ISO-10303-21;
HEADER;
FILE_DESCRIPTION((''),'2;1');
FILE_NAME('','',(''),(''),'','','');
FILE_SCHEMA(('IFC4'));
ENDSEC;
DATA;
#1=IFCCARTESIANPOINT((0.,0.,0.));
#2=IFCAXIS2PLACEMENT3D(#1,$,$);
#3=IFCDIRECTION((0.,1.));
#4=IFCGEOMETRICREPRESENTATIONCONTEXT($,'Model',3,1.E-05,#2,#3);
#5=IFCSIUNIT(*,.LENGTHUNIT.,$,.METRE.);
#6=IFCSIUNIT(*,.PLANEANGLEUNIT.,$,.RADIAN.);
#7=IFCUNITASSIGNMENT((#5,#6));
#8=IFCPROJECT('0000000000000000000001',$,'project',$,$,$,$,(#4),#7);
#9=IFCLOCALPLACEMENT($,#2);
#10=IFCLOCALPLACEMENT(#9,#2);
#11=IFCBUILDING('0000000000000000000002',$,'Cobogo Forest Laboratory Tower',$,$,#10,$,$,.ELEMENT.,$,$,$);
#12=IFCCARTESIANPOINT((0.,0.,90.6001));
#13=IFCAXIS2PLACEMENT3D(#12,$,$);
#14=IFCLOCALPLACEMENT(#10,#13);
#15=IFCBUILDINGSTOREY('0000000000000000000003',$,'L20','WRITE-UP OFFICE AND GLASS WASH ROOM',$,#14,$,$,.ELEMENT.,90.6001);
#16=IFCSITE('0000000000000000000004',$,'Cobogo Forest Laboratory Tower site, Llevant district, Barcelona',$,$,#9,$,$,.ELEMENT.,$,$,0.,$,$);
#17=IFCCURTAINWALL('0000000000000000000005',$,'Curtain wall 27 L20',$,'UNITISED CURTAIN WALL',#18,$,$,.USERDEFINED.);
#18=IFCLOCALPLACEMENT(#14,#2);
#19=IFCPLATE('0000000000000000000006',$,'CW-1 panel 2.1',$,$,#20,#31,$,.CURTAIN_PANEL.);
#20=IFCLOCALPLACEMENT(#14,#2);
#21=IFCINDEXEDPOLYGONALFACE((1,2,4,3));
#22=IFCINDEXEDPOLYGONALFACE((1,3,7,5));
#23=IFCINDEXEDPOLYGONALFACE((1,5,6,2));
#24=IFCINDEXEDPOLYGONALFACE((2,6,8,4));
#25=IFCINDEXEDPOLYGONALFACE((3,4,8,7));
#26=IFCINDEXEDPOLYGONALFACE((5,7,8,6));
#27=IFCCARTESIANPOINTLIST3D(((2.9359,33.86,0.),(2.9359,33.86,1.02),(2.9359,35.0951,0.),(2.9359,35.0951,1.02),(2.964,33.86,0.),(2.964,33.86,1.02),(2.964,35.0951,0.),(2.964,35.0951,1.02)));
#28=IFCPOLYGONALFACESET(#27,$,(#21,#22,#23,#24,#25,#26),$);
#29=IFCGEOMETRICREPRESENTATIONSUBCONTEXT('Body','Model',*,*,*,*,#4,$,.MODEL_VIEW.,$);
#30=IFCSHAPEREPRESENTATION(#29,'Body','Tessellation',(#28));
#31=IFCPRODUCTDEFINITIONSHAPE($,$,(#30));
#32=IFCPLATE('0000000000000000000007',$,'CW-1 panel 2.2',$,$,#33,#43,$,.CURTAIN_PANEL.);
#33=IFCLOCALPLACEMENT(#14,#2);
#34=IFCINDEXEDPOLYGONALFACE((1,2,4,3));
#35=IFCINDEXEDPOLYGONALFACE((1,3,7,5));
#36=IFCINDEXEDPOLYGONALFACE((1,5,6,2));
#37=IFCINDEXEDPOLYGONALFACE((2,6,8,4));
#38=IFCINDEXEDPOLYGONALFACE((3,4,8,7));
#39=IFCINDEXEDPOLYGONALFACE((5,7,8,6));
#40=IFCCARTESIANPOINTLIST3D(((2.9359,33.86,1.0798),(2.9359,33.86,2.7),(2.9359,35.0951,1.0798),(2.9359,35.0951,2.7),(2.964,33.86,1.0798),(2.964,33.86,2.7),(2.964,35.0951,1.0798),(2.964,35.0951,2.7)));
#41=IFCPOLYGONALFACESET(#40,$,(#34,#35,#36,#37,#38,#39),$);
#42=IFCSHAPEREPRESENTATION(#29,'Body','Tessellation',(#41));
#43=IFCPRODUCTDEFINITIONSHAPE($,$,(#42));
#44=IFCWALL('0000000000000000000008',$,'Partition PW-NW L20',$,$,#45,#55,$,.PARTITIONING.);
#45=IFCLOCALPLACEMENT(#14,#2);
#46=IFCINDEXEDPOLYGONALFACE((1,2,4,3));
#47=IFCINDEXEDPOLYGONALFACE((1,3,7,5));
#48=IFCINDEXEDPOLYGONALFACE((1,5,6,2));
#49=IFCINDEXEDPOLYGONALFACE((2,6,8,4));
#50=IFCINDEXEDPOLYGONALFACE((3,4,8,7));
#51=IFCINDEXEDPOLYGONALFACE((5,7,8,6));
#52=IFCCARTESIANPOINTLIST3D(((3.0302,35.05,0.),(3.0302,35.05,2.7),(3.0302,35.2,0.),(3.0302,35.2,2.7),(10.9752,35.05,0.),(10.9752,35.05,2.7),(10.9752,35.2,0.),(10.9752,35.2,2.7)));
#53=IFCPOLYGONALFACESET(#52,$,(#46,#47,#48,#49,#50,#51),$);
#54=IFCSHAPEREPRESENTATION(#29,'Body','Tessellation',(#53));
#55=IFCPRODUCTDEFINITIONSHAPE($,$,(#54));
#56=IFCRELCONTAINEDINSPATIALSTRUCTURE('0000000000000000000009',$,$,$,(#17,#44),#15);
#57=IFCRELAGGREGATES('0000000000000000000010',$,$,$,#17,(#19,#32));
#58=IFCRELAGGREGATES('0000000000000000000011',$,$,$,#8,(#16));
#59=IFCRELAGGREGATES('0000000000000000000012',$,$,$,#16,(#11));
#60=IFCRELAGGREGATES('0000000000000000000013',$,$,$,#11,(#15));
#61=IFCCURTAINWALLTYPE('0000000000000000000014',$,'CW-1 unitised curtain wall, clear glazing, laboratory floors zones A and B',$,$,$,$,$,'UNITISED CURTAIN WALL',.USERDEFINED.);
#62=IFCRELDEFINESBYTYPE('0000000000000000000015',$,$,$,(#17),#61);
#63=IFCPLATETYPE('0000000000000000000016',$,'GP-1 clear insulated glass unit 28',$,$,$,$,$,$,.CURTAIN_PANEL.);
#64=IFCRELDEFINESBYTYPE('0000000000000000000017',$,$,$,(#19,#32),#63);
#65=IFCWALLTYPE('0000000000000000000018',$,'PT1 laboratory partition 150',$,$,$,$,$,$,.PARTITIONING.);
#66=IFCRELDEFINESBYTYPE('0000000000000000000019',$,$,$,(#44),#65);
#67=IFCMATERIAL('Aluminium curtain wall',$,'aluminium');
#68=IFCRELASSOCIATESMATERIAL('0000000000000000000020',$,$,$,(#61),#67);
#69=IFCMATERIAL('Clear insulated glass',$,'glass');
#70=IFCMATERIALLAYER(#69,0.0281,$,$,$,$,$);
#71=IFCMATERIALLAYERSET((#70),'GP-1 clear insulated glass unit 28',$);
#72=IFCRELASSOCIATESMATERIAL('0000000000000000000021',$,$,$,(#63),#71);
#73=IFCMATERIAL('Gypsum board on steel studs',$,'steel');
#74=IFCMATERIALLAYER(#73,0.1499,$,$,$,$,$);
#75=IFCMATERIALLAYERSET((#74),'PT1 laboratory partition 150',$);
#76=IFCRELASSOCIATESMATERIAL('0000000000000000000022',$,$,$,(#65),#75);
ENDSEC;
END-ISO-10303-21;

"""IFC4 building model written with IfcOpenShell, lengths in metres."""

from ifc_helpers import new_model, si_unit, direction, frame, frame_2d, origin, origin_2d, place, context, subcontext, project, spatial, rectangle, extrude, material, layer, layer_set, type_object, element, aggregate, save


model = new_model("IFC4")

# Units and contexts
model_context = context("Model", 3, precision=1e-05, world=origin(), true_north=direction((0.0, 1.0)))
body_context = subcontext(model_context, "Body", "Model", "MODEL_VIEW")
ifc_project = project(units=[si_unit("LENGTHUNIT", "METRE"), si_unit("PLANEANGLEUNIT", "RADIAN")], contexts=[model_context])

# Site, building, storey
site_placement = place(None, origin())
site = spatial("IfcSite", under=ifc_project, at=site_placement, Name="Cobogo Forest Laboratory Tower site, Llevant district, Barcelona", CompositionType="ELEMENT", RefElevation=0.0)
building_placement = place(site_placement, origin())
building = spatial("IfcBuilding", under=site, at=building_placement, Name="Cobogo Forest Laboratory Tower", CompositionType="ELEMENT")
storey_placement = place(building_placement, frame((0.0, 0.0, 90.6001)))
storey = spatial("IfcBuildingStorey", under=building, at=storey_placement, Name="L20", Description="WRITE-UP OFFICE AND GLASS WASH ROOM", CompositionType="ELEMENT", Elevation=90.6001)

# Curtain wall
ifc_material_1 = material(Name="Aluminium curtain wall", Category="aluminium")
curtain_wall_type = type_object("IfcCurtainWallType", Name="CW-1 unitised curtain wall, clear glazing, laboratory floors zones A and B", ElementType="UNITISED CURTAIN WALL", PredefinedType="USERDEFINED", material=ifc_material_1)
curtain_wall_1_placement = place(storey_placement, origin())
curtain_wall_1 = element("IfcCurtainWall", 1, at=curtain_wall_1_placement, inside=storey, type_object=curtain_wall_type, Name="Curtain wall 27 L20", ObjectType="UNITISED CURTAIN WALL", PredefinedType="USERDEFINED")

# Plates
ifc_material_2 = material(Name="Clear insulated glass", Category="glass")
ifc_layer_1 = layer(ifc_material_2, 0.0281)
ifc_layer_set_1 = layer_set([ifc_layer_1], Name="GP-1 clear insulated glass unit 28")
plate_type_1 = type_object("IfcPlateType", Name="GP-1 clear insulated glass unit 28", PredefinedType="CURTAIN_PANEL", material=ifc_layer_set_1)
plate_1_placement = place(storey_placement, frame((2.95, 34.4775, 0.0), z_axis=(0.0, 0.0, 1.0), x_axis=(0.0, -1.0, 0.0)))
plate_1 = element("IfcPlate", 2, at=plate_1_placement, type_object=plate_type_1, Name="CW-1 panel 2.1", PredefinedType="CURTAIN_PANEL", context=body_context, shape_type="SweptSolid", body=[
    extrude(rectangle(XDim=1.2351, YDim=0.0281, at=origin_2d()), origin(), (0.0, 0.0, 1.0), 1.02),
])
plate_2_placement = place(storey_placement, frame((2.95, 34.4775, 1.0798), z_axis=(0.0, 0.0, 1.0), x_axis=(0.0, -1.0, 0.0)))
plate_2 = element("IfcPlate", 3, at=plate_2_placement, type_object=plate_type_1, Name="CW-1 panel 2.2", PredefinedType="CURTAIN_PANEL", context=body_context, shape_type="SweptSolid", body=[
    extrude(rectangle(XDim=1.2351, YDim=0.0281, at=origin_2d()), origin(), (0.0, 0.0, 1.0), 1.6201),
])
aggregate(curtain_wall_1, [plate_1, plate_2])

# Wall
ifc_material_3 = material(Name="Gypsum board on steel studs", Category="steel")
ifc_layer_2 = layer(ifc_material_3, 0.1499)
ifc_layer_set_2 = layer_set([ifc_layer_2], Name="PT1 laboratory partition 150")
wall_type = type_object("IfcWallType", Name="PT1 laboratory partition 150", PredefinedType="PARTITIONING", material=ifc_layer_set_2)
wall_placement = place(storey_placement, frame((3.03, 35.125, 0.0), z_axis=(0.0, 0.0, 1.0), x_axis=(1.0, 0.0, 0.0)))
element("IfcWall", 4, at=wall_placement, inside=storey, type_object=wall_type, Name="Partition PW-NW L20", PredefinedType="PARTITIONING", context=body_context, shape_type="SweptSolid", body=[
    extrude(rectangle(XDim=7.9451, YDim=0.1499, at=frame_2d((3.9727, 0.0))), origin(), (0.0, 0.0, 1.0), 2.7),
])

save(model, "model.ifc")
